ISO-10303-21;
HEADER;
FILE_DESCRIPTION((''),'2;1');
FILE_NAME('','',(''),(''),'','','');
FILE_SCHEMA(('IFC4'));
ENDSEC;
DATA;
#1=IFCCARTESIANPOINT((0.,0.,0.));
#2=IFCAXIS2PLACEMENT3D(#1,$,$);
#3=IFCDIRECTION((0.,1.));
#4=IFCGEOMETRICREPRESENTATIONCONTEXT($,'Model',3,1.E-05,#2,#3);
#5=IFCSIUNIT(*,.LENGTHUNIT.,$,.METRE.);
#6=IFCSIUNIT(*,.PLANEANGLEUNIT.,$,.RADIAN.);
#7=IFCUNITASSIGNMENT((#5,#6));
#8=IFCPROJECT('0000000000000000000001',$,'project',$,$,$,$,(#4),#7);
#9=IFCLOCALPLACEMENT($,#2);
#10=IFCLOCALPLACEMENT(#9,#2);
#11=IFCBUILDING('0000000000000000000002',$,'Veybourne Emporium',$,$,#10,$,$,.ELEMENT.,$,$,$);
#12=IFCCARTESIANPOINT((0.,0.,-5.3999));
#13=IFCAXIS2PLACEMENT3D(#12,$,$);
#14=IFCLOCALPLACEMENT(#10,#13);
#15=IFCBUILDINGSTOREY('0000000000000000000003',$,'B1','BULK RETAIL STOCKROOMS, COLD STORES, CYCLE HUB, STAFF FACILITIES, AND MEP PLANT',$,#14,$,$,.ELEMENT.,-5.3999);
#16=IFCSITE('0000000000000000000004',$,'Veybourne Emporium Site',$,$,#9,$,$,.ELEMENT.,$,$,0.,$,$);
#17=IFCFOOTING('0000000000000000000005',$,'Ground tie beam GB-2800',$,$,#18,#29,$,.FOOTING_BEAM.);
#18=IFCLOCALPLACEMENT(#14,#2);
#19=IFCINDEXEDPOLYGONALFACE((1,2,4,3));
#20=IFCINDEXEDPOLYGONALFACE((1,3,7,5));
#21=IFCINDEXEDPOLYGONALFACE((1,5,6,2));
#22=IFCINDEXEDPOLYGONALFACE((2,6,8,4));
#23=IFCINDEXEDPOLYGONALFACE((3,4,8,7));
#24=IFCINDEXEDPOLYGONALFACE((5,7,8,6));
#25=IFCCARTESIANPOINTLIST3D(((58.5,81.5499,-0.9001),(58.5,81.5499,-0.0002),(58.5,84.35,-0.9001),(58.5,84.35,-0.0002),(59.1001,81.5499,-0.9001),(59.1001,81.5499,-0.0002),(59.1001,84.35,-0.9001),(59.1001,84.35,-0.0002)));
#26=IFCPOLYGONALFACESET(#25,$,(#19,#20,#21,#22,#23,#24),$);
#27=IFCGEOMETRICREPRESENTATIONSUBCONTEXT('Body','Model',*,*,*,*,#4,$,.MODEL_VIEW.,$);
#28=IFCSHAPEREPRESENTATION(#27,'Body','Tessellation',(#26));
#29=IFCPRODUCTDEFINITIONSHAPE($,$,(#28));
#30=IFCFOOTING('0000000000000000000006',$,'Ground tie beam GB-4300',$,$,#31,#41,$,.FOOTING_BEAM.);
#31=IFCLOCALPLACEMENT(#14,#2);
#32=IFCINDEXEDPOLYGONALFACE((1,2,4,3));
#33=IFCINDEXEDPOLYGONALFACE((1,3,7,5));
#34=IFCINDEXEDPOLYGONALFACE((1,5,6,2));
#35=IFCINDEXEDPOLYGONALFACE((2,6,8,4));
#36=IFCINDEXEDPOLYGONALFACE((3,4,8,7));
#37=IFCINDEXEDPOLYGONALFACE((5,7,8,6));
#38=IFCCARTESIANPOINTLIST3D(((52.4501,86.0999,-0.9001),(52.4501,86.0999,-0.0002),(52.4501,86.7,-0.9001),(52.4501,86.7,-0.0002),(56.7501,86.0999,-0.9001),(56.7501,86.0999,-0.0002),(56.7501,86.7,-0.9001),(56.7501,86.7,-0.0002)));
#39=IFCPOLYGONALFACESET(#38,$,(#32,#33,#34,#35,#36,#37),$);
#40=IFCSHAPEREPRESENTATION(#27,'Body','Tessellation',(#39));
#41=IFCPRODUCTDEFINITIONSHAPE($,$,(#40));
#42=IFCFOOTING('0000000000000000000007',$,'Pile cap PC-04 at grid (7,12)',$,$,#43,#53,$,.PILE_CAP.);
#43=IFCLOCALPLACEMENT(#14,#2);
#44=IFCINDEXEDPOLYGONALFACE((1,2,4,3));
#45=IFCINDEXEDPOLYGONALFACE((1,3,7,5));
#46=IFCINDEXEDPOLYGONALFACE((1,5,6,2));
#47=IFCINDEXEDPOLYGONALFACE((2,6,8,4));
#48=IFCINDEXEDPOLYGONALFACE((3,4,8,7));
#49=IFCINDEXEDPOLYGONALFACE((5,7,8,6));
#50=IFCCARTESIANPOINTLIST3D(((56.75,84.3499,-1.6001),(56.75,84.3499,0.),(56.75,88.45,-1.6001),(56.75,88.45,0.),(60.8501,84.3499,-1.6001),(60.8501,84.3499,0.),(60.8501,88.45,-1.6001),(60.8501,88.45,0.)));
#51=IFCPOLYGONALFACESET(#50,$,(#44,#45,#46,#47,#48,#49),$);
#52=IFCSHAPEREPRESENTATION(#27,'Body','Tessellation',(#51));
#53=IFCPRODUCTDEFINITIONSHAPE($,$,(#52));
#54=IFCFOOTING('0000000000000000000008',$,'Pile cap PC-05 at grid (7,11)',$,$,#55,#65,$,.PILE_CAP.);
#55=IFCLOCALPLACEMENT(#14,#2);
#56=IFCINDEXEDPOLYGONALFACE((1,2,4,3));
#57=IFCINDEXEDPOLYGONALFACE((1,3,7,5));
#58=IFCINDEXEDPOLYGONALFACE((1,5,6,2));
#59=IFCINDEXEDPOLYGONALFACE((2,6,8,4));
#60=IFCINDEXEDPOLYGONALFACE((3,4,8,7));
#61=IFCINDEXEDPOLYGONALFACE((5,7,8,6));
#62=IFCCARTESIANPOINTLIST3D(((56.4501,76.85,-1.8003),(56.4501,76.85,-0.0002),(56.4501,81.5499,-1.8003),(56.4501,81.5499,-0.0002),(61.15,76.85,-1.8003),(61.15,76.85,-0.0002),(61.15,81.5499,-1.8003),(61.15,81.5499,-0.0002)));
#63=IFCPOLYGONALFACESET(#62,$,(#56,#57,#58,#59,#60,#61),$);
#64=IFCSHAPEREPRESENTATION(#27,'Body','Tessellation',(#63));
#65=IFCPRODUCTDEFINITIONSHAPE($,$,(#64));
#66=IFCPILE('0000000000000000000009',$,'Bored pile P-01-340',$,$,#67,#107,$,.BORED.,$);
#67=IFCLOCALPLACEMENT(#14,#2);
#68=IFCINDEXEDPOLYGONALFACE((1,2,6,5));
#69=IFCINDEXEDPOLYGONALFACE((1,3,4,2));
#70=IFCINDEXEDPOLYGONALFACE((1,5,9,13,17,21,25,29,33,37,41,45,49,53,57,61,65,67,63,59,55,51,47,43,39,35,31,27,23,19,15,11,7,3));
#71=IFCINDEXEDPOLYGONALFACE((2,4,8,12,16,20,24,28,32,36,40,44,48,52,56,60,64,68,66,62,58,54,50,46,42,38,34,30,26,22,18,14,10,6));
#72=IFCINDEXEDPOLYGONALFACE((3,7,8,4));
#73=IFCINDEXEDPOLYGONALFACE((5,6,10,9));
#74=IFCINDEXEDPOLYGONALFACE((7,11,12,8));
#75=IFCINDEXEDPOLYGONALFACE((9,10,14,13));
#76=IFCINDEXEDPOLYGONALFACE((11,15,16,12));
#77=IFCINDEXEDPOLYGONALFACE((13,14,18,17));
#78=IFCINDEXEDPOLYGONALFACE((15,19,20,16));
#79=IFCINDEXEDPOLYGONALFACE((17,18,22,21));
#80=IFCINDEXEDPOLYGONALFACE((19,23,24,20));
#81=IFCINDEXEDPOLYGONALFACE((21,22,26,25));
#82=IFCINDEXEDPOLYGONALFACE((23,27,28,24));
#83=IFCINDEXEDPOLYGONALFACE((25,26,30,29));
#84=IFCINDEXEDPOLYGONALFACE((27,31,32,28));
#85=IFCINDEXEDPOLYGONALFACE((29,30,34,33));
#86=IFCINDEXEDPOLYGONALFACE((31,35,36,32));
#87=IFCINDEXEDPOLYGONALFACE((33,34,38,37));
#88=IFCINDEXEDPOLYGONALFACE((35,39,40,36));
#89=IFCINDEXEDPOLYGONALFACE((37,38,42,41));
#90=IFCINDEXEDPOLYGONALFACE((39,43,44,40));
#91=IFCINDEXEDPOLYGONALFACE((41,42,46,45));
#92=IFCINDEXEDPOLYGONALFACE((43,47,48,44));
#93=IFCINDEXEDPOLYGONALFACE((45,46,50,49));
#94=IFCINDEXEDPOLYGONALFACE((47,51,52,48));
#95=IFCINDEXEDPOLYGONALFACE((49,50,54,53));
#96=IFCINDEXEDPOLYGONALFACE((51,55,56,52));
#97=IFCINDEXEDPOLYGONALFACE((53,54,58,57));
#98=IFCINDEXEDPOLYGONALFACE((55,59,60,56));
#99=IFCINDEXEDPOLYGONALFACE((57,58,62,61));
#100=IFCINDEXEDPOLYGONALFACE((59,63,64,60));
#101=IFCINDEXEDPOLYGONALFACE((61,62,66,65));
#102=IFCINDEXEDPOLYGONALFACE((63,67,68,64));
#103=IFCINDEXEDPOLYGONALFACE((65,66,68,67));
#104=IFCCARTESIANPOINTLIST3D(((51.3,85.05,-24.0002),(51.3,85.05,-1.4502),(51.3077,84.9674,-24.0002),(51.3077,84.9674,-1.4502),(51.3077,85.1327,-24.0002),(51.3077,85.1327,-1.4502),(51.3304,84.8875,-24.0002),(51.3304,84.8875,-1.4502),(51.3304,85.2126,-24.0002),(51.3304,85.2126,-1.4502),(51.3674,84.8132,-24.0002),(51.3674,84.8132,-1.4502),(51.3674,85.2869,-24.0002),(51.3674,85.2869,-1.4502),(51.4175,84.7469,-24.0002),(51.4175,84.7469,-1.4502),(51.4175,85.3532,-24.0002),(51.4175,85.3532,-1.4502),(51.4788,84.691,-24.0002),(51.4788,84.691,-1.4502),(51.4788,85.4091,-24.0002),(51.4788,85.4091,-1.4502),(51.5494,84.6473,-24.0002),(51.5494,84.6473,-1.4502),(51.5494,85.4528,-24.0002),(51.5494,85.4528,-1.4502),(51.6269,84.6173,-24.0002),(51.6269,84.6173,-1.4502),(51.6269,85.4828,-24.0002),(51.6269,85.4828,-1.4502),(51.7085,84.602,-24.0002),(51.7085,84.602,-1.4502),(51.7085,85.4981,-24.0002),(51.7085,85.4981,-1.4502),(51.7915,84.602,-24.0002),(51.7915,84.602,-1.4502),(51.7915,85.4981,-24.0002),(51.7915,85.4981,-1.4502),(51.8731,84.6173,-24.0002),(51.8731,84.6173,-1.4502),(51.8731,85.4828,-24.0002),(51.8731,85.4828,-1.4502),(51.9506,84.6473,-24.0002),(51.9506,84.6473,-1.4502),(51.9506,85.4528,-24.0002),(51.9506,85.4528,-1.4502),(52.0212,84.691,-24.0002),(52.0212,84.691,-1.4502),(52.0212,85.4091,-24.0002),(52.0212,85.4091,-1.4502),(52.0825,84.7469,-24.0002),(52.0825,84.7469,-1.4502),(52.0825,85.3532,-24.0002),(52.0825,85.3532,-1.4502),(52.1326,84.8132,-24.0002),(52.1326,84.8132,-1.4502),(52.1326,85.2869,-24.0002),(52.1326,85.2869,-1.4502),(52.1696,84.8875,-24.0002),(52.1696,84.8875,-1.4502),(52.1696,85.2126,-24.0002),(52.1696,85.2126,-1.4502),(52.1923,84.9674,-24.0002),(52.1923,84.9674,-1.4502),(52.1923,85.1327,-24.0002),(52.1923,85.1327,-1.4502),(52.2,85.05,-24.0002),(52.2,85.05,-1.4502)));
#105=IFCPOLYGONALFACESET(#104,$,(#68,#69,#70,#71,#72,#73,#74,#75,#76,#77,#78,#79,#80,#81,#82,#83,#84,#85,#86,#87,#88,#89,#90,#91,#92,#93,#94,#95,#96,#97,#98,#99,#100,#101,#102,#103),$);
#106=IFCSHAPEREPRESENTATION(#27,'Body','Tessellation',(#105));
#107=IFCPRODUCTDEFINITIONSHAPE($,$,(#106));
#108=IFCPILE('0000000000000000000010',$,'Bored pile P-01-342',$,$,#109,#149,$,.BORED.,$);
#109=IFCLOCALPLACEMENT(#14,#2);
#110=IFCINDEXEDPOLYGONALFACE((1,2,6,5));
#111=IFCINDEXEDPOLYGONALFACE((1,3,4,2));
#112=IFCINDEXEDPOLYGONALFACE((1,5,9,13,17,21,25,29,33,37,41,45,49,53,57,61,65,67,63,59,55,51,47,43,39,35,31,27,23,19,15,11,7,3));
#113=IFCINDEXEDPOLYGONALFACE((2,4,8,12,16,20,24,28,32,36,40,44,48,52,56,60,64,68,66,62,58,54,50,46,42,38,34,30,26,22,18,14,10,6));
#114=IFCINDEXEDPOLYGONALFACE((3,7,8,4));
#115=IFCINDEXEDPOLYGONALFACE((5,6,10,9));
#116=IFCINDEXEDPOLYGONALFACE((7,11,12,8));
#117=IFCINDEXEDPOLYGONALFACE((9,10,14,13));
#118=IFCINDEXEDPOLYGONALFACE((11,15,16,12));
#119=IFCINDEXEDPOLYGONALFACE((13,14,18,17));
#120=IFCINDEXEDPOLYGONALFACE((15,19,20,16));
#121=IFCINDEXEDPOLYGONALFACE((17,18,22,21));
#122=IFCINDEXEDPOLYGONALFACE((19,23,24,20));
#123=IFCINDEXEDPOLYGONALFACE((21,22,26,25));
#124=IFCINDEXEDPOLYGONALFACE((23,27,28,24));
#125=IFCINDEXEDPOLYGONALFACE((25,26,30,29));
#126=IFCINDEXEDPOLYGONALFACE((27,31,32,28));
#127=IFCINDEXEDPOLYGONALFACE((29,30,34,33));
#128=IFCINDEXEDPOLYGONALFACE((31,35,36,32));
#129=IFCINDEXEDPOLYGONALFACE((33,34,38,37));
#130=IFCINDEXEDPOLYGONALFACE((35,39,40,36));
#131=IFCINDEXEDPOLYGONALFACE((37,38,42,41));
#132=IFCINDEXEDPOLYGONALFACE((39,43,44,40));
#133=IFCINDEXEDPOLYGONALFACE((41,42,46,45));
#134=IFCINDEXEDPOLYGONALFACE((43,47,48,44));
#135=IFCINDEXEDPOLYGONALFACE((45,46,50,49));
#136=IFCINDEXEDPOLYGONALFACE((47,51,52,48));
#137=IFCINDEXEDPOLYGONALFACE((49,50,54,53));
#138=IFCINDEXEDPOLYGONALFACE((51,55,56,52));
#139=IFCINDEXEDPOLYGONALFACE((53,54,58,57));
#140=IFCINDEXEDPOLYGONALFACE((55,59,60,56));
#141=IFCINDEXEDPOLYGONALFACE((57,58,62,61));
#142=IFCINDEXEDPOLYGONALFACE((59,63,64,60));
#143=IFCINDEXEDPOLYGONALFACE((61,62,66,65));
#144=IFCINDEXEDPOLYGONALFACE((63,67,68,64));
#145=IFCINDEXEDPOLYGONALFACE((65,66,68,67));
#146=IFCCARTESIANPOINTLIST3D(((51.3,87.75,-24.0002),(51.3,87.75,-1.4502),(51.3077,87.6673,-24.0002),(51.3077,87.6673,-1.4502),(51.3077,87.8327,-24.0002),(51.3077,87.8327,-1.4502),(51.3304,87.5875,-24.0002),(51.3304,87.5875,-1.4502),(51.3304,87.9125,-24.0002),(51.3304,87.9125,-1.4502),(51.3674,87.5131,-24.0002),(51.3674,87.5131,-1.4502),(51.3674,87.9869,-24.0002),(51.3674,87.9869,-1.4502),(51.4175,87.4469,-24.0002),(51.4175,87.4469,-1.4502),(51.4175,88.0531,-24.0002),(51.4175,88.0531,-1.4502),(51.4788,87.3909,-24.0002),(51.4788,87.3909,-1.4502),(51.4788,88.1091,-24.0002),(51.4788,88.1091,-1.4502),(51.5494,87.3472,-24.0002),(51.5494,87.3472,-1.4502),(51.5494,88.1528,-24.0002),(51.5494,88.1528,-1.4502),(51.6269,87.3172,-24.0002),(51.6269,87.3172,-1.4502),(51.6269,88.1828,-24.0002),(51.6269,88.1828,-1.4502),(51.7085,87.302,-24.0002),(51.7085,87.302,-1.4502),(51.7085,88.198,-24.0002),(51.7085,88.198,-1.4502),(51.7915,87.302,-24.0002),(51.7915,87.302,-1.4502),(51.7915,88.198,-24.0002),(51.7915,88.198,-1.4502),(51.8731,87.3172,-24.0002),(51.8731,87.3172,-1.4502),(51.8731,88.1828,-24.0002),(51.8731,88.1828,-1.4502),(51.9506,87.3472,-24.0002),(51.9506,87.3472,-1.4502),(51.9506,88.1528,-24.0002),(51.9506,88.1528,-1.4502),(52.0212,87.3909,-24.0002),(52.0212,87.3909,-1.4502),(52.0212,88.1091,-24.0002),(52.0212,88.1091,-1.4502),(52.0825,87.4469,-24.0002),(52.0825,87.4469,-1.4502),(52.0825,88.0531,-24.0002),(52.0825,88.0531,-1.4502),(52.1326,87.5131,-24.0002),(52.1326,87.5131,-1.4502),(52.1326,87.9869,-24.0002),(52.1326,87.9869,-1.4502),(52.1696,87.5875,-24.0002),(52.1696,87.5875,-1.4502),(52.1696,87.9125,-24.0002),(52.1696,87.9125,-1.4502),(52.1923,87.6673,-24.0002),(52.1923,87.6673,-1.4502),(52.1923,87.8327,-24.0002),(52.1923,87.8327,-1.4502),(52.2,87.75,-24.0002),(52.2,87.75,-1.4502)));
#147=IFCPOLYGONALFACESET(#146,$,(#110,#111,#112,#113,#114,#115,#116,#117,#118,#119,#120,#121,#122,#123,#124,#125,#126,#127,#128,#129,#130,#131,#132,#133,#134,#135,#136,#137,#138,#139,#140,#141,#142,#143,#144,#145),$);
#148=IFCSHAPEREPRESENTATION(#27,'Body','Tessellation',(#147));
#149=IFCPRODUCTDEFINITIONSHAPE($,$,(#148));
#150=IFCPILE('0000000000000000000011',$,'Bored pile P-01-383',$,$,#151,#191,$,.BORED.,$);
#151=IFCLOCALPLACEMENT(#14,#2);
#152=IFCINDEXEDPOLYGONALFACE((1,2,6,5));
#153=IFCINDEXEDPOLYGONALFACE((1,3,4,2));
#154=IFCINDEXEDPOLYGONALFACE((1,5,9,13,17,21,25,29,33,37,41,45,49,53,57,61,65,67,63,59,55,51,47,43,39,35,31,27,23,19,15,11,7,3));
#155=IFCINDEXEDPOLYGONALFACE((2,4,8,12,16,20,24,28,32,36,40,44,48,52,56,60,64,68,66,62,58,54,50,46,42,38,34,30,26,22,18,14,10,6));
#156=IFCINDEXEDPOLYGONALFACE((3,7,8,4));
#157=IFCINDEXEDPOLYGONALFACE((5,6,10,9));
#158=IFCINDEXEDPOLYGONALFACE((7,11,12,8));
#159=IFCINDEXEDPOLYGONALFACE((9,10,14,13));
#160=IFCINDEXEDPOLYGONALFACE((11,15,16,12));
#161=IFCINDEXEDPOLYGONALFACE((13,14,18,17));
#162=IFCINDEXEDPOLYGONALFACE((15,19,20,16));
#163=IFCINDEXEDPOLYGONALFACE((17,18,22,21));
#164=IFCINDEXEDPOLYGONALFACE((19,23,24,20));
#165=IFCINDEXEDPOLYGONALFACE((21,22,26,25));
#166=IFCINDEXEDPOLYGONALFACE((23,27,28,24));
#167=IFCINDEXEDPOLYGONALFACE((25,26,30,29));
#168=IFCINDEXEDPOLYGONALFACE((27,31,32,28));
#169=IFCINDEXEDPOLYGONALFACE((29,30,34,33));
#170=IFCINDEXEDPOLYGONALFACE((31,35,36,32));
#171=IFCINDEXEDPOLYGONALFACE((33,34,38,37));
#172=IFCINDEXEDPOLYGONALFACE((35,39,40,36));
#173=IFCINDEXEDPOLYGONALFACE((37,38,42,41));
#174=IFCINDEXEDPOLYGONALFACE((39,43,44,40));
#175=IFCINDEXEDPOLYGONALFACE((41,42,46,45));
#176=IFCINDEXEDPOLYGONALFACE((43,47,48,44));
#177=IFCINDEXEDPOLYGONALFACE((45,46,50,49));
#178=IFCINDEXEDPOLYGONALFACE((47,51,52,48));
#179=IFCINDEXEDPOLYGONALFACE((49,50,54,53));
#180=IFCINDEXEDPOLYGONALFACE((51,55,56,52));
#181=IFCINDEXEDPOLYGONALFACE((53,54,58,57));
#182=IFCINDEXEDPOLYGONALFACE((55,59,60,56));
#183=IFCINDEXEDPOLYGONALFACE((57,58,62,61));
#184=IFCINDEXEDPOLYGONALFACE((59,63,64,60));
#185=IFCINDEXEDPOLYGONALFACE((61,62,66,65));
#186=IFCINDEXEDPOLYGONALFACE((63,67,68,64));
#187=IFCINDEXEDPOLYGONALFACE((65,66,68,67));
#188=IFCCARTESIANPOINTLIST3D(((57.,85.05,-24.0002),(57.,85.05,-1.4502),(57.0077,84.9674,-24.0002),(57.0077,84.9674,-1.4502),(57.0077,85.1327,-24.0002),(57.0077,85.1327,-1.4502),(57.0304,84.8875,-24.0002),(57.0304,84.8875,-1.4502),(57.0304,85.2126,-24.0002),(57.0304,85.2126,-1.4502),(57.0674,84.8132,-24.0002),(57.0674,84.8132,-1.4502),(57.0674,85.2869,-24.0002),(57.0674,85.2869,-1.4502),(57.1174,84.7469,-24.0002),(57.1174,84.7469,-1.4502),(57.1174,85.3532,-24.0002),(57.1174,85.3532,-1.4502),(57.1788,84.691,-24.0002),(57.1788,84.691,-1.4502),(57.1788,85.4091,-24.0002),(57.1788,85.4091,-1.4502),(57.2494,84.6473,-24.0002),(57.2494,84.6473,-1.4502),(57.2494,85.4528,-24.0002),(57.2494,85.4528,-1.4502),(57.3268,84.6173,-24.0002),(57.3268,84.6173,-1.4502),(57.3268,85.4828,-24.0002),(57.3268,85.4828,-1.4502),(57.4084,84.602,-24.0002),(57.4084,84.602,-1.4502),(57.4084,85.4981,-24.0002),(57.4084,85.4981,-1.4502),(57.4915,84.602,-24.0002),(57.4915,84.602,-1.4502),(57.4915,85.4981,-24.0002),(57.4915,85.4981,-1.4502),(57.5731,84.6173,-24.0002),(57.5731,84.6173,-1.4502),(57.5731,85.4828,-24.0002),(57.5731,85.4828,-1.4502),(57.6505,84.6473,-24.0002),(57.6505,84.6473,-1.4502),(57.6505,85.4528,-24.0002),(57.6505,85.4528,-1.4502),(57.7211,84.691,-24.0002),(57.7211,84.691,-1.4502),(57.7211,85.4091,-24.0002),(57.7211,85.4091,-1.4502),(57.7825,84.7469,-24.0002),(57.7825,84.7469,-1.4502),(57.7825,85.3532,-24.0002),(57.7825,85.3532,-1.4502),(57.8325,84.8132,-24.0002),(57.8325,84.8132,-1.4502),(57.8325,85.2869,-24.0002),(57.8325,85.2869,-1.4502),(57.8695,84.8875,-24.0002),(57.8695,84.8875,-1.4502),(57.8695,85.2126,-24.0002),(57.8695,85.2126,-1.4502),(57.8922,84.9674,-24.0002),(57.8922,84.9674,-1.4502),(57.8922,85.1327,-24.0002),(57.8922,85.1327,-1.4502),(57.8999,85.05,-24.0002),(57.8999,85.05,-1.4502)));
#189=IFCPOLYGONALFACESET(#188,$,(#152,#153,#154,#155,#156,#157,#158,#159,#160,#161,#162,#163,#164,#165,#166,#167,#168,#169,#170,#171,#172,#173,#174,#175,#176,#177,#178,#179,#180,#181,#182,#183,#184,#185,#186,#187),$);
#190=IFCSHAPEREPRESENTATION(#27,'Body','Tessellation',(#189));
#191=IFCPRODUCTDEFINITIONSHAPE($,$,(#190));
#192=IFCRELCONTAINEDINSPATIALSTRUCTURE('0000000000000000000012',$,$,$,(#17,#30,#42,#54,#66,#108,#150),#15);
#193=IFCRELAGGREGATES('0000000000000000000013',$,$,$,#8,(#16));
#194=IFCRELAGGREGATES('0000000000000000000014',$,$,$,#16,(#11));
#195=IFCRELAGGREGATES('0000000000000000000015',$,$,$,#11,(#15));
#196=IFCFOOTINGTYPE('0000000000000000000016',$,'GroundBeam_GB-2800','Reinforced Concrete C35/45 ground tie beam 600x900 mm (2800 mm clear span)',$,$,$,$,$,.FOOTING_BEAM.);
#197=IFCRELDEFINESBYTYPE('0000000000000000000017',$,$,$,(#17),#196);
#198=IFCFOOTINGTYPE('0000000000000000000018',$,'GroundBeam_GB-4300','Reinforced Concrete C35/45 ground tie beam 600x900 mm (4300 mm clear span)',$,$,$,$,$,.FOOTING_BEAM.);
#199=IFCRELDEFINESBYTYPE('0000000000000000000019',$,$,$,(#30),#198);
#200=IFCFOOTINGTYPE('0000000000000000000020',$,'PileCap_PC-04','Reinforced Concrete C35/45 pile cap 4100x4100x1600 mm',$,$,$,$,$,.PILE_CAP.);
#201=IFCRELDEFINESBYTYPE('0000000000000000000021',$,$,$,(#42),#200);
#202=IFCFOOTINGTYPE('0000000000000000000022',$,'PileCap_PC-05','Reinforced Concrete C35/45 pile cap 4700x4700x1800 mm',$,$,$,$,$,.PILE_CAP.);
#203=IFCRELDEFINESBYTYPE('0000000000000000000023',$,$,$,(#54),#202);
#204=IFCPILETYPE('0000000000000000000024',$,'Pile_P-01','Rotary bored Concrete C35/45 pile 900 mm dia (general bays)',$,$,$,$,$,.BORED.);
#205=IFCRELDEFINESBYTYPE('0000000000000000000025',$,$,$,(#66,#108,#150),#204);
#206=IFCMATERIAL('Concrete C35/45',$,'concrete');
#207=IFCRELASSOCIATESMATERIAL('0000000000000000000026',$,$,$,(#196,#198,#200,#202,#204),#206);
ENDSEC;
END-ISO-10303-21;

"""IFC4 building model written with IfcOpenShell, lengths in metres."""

from ifc_helpers import new_model, si_unit, direction, frame, origin, origin_2d, place, context, subcontext, project, spatial, rectangle, circle, extrude, material, material_profile, profile_set, type_object, element, save


model = new_model("IFC4")

# Units and contexts
model_context = context("Model", 3, precision=1e-05, world=origin(), true_north=direction((0.0, 1.0)))
body_context = subcontext(model_context, "Body", "Model", "MODEL_VIEW")
ifc_project = project(units=[si_unit("LENGTHUNIT", "METRE"), si_unit("PLANEANGLEUNIT", "RADIAN")], contexts=[model_context])

# Site, building, storey
site_placement = place(None, origin())
site = spatial("IfcSite", under=ifc_project, at=site_placement, Name="Veybourne Emporium Site", CompositionType="ELEMENT", RefElevation=0.0)
building_placement = place(site_placement, origin())
building = spatial("IfcBuilding", under=site, at=building_placement, Name="Veybourne Emporium", CompositionType="ELEMENT")
storey_placement = place(building_placement, frame((0.0, 0.0, -5.3999)))
storey = spatial("IfcBuildingStorey", under=building, at=storey_placement, Name="B1", Description="BULK RETAIL STOCKROOMS, COLD STORES, CYCLE HUB, STAFF FACILITIES, AND MEP PLANT", CompositionType="ELEMENT", Elevation=-5.3999)

# Footings
ifc_material_1 = material(Name="Concrete C35/45", Category="concrete")
footing_type_1 = type_object("IfcFootingType", Name="GroundBeam_GB-2800", Description="Reinforced Concrete C35/45 ground tie beam 600x900 mm (2800 mm clear span)", PredefinedType="FOOTING_BEAM", material=ifc_material_1)
footing_1_placement = place(storey_placement, frame((58.8, 82.95, -0.9001), z_axis=(0.0, 0.0, 1.0), x_axis=(0.0, 1.0, 0.0)))
element("IfcFooting", 1, at=footing_1_placement, inside=storey, type_object=footing_type_1, Name="Ground tie beam GB-2800", PredefinedType="FOOTING_BEAM", context=body_context, shape_type="SweptSolid", body=[
    extrude(rectangle(XDim=2.8, YDim=0.6001, at=origin_2d()), origin(), (0.0, 0.0, 1.0), 0.8999),
])
footing_type_2 = type_object("IfcFootingType", Name="GroundBeam_GB-4300", Description="Reinforced Concrete C35/45 ground tie beam 600x900 mm (4300 mm clear span)", PredefinedType="FOOTING_BEAM", material=ifc_material_1)
footing_2_placement = place(storey_placement, frame((54.6001, 86.3999, -0.9001), z_axis=(0.0, 0.0, 1.0), x_axis=(1.0, 0.0, 0.0)))
element("IfcFooting", 2, at=footing_2_placement, inside=storey, type_object=footing_type_2, Name="Ground tie beam GB-4300", PredefinedType="FOOTING_BEAM", context=body_context, shape_type="SweptSolid", body=[
    extrude(rectangle(XDim=4.3, YDim=0.6001, at=origin_2d()), origin(), (0.0, 0.0, 1.0), 0.8999),
])
footing_type_3 = type_object("IfcFootingType", Name="PileCap_PC-04", Description="Reinforced Concrete C35/45 pile cap 4100x4100x1600 mm", PredefinedType="PILE_CAP", material=ifc_material_1)
footing_3_placement = place(storey_placement, frame((58.8, 86.3999, -1.6001), z_axis=(0.0, 0.0, 1.0), x_axis=(1.0, 0.0, 0.0)))
element("IfcFooting", 3, at=footing_3_placement, inside=storey, type_object=footing_type_3, Name="Pile cap PC-04 at grid (7,12)", PredefinedType="PILE_CAP", context=body_context, shape_type="SweptSolid", body=[
    extrude(rectangle(XDim=4.1001, YDim=4.1001, at=origin_2d()), origin(), (0.0, 0.0, 1.0), 1.6001),
])
footing_type_4 = type_object("IfcFootingType", Name="PileCap_PC-05", Description="Reinforced Concrete C35/45 pile cap 4700x4700x1800 mm", PredefinedType="PILE_CAP", material=ifc_material_1)
footing_4_placement = place(storey_placement, frame((58.8, 79.2, -1.8003), z_axis=(0.0, 0.0, 1.0), x_axis=(1.0, 0.0, 0.0)))
element("IfcFooting", 4, at=footing_4_placement, inside=storey, type_object=footing_type_4, Name="Pile cap PC-05 at grid (7,11)", PredefinedType="PILE_CAP", context=body_context, shape_type="SweptSolid", body=[
    extrude(rectangle(XDim=4.7, YDim=4.7, at=origin_2d()), origin(), (0.0, 0.0, 1.0), 1.8),
])

# Piles
ifc_material_profile_1 = material_profile(ifc_material_1, circle(Radius=0.45, at=origin_2d()), Name="BORED PILE 900")
ifc_profile_set_1 = profile_set([ifc_material_profile_1], Name="Concrete C35/45")
pile_type_1 = type_object("IfcPileType", Name="Pile_P-01", Description="Rotary bored Concrete C35/45 pile 900 mm dia (general bays)", PredefinedType="BORED", material=ifc_profile_set_1)
for number, where, z_axis, x_axis, name in (
    (5, (51.75, 85.05, -1.4502), (0.0, 0.0, -1.0), (1.0, 0.0, 0.0), "Bored pile P-01-340"),
    (6, (51.75, 87.75, -1.4502), (0.0, 0.0, -1.0), (1.0, 0.0, 0.0), "Bored pile P-01-342"),
    (7, (57.45, 85.05, -1.4502), (0.0, 0.0, -1.0), (1.0, 0.0, 0.0), "Bored pile P-01-383"),
):
    element("IfcPile", number, at=place(storey_placement, frame(where, z_axis=z_axis, x_axis=x_axis)), inside=storey, type_object=pile_type_1, Name=name, PredefinedType="BORED", context=body_context, shape_type="SweptSolid", body=[
        extrude(circle(Radius=0.45, at=origin_2d()), origin(), (0.0, 0.0, 1.0), 22.55),
    ])

save(model, "model.ifc")
